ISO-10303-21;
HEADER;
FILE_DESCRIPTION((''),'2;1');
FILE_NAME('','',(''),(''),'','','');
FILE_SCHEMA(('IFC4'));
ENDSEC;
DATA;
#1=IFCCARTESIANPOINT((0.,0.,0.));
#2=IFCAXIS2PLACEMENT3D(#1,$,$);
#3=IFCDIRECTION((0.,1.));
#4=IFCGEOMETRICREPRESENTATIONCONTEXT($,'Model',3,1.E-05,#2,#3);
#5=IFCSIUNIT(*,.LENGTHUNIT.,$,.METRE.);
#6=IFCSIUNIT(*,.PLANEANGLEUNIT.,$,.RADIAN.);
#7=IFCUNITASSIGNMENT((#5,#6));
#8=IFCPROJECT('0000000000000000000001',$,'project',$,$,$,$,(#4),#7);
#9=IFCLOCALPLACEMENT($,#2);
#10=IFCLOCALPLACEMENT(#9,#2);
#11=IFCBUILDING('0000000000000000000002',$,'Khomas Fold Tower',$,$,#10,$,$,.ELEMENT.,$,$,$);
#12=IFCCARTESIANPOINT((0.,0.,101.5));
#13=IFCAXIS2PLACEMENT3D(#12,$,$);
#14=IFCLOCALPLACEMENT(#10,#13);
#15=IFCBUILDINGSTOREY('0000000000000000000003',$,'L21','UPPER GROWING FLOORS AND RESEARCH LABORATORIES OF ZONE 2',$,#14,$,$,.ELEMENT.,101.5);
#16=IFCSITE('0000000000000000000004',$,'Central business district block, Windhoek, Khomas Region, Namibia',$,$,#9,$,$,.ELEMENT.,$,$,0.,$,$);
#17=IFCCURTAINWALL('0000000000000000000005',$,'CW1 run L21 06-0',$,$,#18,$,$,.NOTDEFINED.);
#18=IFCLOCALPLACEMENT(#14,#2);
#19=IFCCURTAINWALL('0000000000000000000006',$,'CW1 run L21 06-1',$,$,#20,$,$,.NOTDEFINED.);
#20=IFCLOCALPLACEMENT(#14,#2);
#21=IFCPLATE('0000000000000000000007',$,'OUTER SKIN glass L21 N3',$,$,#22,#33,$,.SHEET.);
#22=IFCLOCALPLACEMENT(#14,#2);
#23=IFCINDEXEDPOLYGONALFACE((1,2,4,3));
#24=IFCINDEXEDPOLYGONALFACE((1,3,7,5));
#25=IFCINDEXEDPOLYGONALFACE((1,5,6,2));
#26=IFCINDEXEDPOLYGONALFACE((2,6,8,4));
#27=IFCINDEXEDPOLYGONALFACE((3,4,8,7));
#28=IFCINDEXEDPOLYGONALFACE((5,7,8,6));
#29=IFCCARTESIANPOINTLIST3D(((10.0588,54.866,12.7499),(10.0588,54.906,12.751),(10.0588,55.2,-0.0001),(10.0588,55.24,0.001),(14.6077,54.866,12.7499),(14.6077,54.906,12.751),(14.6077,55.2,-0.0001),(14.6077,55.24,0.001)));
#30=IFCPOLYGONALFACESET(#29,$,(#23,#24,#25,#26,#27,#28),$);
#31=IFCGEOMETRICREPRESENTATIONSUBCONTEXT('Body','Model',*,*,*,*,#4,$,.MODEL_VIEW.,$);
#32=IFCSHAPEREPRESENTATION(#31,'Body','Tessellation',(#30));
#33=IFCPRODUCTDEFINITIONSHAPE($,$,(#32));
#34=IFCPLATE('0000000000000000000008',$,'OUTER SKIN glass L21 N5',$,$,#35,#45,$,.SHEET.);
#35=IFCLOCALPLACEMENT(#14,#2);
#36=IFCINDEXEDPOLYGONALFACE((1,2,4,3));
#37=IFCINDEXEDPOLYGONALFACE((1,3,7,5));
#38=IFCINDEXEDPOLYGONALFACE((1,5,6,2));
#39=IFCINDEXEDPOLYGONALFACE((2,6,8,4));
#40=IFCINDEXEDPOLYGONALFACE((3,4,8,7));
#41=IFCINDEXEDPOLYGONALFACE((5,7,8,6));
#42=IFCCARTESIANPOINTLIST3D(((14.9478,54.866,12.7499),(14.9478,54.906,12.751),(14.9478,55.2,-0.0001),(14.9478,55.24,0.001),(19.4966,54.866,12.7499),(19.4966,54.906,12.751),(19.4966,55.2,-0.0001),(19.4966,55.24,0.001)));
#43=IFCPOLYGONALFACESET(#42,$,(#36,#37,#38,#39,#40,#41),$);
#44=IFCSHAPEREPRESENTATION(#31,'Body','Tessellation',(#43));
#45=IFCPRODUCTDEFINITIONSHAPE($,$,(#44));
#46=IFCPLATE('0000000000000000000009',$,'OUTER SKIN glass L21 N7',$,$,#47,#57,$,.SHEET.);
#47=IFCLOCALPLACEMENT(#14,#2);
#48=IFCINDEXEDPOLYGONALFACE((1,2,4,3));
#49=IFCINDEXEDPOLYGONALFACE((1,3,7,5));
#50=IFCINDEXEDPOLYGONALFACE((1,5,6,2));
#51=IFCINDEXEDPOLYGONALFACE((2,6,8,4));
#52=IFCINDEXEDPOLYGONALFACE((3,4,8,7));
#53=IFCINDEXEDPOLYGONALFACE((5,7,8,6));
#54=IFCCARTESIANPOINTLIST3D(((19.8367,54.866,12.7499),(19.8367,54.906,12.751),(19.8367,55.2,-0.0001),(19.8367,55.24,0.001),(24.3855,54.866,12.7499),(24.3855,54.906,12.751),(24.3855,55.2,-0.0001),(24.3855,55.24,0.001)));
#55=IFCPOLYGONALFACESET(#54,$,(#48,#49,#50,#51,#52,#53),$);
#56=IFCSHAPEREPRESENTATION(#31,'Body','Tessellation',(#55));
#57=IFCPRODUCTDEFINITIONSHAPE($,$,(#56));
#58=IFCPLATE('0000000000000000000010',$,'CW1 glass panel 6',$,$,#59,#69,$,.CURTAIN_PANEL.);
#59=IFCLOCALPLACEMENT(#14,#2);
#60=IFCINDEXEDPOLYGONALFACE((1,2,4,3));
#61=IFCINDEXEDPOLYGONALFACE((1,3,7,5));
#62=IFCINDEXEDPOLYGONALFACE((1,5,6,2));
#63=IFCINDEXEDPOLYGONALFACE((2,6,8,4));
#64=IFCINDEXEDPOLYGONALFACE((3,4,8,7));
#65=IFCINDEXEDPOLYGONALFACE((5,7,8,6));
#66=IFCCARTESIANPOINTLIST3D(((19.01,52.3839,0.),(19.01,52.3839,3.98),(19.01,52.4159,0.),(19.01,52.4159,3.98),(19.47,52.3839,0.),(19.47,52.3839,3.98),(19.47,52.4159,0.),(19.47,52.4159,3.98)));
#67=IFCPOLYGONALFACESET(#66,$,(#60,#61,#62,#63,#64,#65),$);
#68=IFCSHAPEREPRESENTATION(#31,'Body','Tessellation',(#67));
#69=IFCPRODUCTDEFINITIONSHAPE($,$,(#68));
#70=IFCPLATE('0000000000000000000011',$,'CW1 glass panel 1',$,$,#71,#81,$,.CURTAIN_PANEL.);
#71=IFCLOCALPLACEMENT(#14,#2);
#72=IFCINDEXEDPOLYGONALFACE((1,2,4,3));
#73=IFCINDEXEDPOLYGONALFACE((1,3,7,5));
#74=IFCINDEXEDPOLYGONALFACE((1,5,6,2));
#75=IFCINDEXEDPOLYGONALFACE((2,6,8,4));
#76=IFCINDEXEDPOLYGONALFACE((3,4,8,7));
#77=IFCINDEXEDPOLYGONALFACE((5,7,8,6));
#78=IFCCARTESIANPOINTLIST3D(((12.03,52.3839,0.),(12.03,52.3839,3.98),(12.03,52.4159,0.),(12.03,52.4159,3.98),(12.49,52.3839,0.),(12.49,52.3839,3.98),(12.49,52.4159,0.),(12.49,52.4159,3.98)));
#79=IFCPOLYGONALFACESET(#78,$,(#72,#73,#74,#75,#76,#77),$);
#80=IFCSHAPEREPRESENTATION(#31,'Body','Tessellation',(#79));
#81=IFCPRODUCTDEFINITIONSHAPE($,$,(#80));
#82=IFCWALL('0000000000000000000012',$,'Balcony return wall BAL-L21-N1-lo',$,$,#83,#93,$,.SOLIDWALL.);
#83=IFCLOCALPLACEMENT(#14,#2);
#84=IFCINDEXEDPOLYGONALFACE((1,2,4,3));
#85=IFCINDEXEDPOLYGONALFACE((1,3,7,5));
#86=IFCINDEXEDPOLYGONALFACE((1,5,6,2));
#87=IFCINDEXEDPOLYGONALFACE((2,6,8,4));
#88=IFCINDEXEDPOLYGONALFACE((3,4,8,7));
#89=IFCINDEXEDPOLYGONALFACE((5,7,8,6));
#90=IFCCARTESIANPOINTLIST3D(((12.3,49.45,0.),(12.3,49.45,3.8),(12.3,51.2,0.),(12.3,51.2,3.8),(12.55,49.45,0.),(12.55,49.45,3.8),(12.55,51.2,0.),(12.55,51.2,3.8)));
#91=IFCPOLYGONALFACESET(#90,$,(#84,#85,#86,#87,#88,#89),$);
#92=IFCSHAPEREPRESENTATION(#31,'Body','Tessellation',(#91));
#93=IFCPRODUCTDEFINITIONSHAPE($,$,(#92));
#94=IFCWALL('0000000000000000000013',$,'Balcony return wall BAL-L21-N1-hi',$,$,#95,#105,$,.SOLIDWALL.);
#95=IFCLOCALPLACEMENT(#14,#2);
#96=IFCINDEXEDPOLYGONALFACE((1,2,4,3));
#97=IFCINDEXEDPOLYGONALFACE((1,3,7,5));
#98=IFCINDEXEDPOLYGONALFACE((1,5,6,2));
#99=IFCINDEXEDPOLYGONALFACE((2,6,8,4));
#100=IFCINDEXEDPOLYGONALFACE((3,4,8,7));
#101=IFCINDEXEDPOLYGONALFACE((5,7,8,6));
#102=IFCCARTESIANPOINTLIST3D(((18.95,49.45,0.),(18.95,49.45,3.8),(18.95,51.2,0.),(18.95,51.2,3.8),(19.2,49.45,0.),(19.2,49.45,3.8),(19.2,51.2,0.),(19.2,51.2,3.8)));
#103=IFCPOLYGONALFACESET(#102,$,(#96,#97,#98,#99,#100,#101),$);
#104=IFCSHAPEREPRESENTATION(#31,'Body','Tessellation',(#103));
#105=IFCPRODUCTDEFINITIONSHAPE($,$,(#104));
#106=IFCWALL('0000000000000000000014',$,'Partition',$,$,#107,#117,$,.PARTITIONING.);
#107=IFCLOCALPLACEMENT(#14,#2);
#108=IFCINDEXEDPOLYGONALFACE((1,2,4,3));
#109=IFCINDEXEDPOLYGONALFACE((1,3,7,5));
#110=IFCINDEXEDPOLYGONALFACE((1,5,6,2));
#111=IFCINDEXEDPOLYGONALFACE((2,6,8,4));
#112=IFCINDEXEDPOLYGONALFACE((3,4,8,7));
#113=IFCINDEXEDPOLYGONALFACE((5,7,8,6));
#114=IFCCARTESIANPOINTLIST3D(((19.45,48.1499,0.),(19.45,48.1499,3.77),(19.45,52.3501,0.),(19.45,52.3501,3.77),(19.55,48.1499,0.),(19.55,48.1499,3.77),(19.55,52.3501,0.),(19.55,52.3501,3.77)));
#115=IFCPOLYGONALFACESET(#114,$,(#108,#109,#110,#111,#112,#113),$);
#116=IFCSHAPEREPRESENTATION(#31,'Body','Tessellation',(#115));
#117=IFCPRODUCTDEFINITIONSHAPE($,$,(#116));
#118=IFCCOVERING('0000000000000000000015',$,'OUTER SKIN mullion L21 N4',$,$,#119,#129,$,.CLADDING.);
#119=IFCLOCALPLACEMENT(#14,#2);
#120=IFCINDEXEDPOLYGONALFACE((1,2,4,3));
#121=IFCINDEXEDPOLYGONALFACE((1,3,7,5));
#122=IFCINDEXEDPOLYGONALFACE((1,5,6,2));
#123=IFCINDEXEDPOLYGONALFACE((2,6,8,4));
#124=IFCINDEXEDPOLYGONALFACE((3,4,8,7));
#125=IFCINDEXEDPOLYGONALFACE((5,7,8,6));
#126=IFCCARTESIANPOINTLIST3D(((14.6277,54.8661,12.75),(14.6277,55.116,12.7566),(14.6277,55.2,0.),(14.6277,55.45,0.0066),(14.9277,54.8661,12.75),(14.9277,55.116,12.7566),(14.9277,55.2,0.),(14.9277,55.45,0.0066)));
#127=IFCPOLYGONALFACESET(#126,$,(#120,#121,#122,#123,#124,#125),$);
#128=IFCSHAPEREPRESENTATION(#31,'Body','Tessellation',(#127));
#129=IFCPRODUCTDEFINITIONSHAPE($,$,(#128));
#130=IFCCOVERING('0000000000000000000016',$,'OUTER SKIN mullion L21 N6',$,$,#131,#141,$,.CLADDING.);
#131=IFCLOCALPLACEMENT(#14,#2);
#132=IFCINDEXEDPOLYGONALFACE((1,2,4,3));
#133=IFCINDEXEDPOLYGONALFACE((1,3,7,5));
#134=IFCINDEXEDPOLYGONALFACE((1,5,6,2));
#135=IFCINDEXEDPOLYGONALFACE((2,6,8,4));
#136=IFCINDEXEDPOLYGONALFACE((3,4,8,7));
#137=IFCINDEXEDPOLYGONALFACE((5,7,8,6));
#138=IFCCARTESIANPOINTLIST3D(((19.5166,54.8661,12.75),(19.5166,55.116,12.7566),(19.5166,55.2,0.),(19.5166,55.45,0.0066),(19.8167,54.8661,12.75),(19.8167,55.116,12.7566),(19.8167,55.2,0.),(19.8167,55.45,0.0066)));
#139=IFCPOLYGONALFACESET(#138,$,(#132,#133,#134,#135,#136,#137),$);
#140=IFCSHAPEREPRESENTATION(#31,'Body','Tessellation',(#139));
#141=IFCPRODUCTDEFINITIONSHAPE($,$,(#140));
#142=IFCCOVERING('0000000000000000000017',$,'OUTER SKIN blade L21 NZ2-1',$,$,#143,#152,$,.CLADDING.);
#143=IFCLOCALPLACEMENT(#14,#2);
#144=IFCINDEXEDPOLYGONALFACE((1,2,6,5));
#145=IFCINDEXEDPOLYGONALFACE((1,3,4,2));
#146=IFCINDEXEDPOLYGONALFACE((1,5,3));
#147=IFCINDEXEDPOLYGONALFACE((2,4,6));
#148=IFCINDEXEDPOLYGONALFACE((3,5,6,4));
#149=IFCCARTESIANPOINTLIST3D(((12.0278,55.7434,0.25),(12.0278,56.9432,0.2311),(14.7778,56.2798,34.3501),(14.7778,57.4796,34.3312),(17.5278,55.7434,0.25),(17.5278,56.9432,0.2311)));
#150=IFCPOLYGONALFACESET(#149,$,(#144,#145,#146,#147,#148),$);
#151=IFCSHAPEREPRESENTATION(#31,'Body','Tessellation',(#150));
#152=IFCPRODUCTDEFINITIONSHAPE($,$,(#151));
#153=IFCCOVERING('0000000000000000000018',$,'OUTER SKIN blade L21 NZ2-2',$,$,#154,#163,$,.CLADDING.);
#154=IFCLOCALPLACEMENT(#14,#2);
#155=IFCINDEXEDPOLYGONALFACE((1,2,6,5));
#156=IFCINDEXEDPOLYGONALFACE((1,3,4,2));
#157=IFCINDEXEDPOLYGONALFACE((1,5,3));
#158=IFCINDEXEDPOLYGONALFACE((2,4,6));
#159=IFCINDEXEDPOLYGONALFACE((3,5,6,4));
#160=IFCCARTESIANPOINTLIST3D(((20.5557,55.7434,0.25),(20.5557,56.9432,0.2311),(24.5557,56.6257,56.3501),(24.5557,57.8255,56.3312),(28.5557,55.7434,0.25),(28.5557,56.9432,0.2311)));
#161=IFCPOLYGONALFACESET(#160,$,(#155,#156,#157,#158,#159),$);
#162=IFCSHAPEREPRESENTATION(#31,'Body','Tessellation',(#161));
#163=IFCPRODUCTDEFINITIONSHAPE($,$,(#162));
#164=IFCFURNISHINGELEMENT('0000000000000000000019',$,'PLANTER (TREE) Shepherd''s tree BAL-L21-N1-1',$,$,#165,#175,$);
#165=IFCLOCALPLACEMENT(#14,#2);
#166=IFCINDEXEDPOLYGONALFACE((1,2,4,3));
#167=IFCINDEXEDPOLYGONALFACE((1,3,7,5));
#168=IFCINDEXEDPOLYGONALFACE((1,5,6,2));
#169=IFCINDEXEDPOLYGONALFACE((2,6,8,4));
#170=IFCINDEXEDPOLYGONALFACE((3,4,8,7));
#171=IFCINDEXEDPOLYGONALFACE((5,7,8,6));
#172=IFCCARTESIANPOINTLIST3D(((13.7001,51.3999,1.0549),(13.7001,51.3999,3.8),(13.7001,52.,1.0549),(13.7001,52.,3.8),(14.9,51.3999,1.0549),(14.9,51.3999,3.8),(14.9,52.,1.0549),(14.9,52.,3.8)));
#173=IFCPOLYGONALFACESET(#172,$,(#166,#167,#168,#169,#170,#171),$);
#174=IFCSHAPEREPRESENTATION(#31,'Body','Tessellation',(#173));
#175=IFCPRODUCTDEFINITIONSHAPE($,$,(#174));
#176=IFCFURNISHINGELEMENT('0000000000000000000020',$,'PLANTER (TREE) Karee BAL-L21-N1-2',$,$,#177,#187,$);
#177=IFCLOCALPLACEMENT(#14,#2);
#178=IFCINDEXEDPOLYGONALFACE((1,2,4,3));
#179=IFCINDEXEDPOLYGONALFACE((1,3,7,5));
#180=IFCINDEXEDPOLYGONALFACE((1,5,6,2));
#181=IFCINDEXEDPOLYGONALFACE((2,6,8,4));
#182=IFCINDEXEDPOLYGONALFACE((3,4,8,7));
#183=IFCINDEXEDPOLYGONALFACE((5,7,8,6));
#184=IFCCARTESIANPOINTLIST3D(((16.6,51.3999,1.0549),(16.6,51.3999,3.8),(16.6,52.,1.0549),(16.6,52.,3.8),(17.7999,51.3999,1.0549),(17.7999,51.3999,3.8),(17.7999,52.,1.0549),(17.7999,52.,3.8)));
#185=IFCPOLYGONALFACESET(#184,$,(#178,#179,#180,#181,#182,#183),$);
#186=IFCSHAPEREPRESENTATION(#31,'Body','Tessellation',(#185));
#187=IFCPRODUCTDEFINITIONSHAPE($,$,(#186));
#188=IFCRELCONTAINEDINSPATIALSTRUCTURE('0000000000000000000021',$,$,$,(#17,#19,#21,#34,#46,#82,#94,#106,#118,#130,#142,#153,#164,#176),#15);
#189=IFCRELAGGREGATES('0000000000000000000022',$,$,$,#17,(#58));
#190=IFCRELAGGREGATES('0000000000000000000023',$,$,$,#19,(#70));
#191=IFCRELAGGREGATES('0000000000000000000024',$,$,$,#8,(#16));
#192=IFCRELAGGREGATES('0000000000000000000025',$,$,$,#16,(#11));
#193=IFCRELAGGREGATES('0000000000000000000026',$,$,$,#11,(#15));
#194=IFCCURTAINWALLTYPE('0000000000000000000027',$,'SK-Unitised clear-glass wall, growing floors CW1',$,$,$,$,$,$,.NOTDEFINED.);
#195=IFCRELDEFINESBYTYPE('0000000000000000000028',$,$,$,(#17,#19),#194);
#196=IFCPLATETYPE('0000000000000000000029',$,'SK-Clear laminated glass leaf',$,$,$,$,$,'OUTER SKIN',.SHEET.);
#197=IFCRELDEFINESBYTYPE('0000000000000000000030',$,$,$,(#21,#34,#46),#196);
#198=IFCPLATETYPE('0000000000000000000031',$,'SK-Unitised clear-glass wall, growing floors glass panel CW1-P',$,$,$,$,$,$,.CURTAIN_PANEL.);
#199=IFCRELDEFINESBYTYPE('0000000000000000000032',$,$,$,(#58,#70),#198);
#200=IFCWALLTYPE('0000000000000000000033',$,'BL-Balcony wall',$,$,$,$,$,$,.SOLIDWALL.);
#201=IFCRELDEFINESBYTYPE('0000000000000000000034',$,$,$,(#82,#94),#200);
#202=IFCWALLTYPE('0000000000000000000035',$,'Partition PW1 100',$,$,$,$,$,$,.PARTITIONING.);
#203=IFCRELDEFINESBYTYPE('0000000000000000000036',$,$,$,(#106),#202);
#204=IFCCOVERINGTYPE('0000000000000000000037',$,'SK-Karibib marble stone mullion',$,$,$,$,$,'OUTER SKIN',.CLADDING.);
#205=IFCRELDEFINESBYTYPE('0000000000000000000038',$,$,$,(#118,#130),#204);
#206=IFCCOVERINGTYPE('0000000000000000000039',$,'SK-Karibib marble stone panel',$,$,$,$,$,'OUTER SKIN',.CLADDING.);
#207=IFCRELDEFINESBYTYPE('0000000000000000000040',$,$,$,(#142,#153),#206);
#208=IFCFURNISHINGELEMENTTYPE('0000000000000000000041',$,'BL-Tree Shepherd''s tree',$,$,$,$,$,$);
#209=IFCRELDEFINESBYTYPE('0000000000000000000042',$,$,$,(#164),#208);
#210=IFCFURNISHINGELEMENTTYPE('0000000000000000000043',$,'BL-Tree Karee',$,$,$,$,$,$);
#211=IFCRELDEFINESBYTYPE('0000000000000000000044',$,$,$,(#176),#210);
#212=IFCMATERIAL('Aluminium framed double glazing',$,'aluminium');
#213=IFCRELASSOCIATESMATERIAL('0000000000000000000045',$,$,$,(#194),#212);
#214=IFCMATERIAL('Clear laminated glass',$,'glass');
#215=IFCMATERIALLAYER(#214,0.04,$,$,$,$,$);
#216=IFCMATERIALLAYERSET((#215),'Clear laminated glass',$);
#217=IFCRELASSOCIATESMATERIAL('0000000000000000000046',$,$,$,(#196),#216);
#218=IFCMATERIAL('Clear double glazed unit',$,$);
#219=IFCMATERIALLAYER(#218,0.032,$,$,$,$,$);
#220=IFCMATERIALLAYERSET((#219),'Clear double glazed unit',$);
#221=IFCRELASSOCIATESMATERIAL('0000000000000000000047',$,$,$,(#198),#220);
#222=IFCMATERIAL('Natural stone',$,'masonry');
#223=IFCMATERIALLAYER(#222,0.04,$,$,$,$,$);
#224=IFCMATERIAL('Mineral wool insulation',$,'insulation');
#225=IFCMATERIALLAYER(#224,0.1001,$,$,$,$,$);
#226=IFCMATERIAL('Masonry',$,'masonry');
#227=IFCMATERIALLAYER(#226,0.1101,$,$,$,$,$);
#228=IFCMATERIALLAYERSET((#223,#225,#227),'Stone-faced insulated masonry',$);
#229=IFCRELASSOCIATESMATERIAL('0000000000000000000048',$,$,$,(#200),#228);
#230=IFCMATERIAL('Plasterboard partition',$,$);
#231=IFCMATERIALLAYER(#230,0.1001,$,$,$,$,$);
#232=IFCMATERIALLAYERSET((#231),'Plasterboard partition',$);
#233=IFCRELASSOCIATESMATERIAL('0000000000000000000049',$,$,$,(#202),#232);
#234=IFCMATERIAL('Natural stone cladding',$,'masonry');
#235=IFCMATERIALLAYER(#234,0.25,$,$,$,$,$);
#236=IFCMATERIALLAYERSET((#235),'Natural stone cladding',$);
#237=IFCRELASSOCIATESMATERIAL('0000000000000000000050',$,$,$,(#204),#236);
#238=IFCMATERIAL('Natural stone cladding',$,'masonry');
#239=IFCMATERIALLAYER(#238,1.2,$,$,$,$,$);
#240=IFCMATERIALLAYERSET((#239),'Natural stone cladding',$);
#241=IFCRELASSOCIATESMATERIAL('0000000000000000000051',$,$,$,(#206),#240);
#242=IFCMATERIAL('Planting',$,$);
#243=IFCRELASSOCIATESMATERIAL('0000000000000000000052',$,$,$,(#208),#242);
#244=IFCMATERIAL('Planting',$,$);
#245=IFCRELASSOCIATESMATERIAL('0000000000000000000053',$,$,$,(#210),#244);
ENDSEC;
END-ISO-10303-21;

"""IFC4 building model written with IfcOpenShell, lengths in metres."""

from ifc_helpers import new_model, si_unit, direction, frame, frame_2d, origin, origin_2d, place, context, subcontext, project, spatial, polyline, rectangle, outline, extrude, source, transform, mapped, material, layer, layer_set, type_object, element, aggregate, save


model = new_model("IFC4")

# Units and contexts
model_context = context("Model", 3, precision=1e-05, world=origin(), true_north=direction((0.0, 1.0)))
body_context = subcontext(model_context, "Body", "Model", "MODEL_VIEW")
ifc_project = project(units=[si_unit("LENGTHUNIT", "METRE"), si_unit("PLANEANGLEUNIT", "RADIAN")], contexts=[model_context])

# Site, building, storey
site_placement = place(None, origin())
site = spatial("IfcSite", under=ifc_project, at=site_placement, Name="Central business district block, Windhoek, Khomas Region, Namibia", CompositionType="ELEMENT", RefElevation=0.0)
building_placement = place(site_placement, origin())
building = spatial("IfcBuilding", under=site, at=building_placement, Name="Khomas Fold Tower", CompositionType="ELEMENT")
storey_placement = place(building_placement, frame((0.0, 0.0, 101.5)))
storey = spatial("IfcBuildingStorey", under=building, at=storey_placement, Name="L21", Description="UPPER GROWING FLOORS AND RESEARCH LABORATORIES OF ZONE 2", CompositionType="ELEMENT", Elevation=101.5)

# Curtain walls
ifc_material_1 = material(Name="Aluminium framed double glazing", Category="aluminium")
curtain_wall_type = type_object("IfcCurtainWallType", Name="SK-Unitised clear-glass wall, growing floors CW1", PredefinedType="NOTDEFINED", material=ifc_material_1)
curtain_wall_1_placement = place(storey_placement, origin())
curtain_wall_1 = element("IfcCurtainWall", 1, at=curtain_wall_1_placement, inside=storey, type_object=curtain_wall_type, Name="CW1 run L21 06-0", PredefinedType="NOTDEFINED")
curtain_wall_2_placement = place(storey_placement, origin())
curtain_wall_2 = element("IfcCurtainWall", 2, at=curtain_wall_2_placement, inside=storey, type_object=curtain_wall_type, Name="CW1 run L21 06-1", PredefinedType="NOTDEFINED")

# Plates
ifc_material_2 = material(Name="Clear laminated glass", Category="glass")
ifc_layer_1 = layer(ifc_material_2, 0.04)
ifc_layer_set_1 = layer_set([ifc_layer_1], Name="Clear laminated glass")
plate_type_1 = type_object("IfcPlateType", Name="SK-Clear laminated glass leaf", ElementType="OUTER SKIN", PredefinedType="SHEET", material=ifc_layer_set_1)
for number, where, z_axis, x_axis, name in (
    (3, (10.0588, 55.24, 0.001), (0.0, 0.999657, 0.026186), (1.0, 0.0, 0.0), "OUTER SKIN glass L21 N3"),
    (4, (14.9478, 55.24, 0.001), (0.0, 0.999657, 0.026186), (1.0, 0.0, 0.0), "OUTER SKIN glass L21 N5"),
    (5, (19.8367, 55.24, 0.001), (0.0, 0.999657, 0.026186), (1.0, 0.0, 0.0), "OUTER SKIN glass L21 N7"),
):
    element("IfcPlate", number, at=place(storey_placement, frame(where, z_axis=z_axis, x_axis=x_axis)), inside=storey, type_object=plate_type_1, Name=name, PredefinedType="SHEET", context=body_context, shape_type="SweptSolid", body=[
        extrude(outline(polyline([(0.0, 0.0), (4.5488, 0.0), (4.5488, -12.7544), (0.0, -12.7544), (0.0, 0.0)])), origin(), (0.0, 0.0, -1.0), 0.04),
    ])

# Plates
ifc_material_3 = material(Name="Clear double glazed unit")
ifc_layer_2 = layer(ifc_material_3, 0.032)
ifc_layer_set_2 = layer_set([ifc_layer_2], Name="Clear double glazed unit")
plate_type_2 = type_object("IfcPlateType", Name="SK-Unitised clear-glass wall, growing floors glass panel CW1-P", PredefinedType="CURTAIN_PANEL", material=ifc_layer_set_2)
shared_shape_1 = source(origin(), body_context, "Body", "SweptSolid", [
    extrude(rectangle(XDim=0.46, YDim=0.032, at=origin_2d()), origin(), (0.0, 0.0, 1.0), 3.98),
])
plate_1_placement = place(storey_placement, frame((19.24, 52.3999, 0.0), z_axis=(0.0, 0.0, 1.0), x_axis=(-1.0, 0.0, 0.0)))
plate_1 = element("IfcPlate", 6, at=plate_1_placement, type_object=plate_type_2, Name="CW1 glass panel 6", PredefinedType="CURTAIN_PANEL", context=body_context, shape_type="MappedRepresentation", body=[
    mapped(shared_shape_1, transform((0.0, 0.0, 0.0))),
])
aggregate(curtain_wall_1, [plate_1])
plate_2_placement = place(storey_placement, frame((12.26, 52.3999, 0.0), z_axis=(0.0, 0.0, 1.0), x_axis=(-1.0, 0.0, 0.0)))
plate_2 = element("IfcPlate", 7, at=plate_2_placement, type_object=plate_type_2, Name="CW1 glass panel 1", PredefinedType="CURTAIN_PANEL", context=body_context, shape_type="MappedRepresentation", body=[
    mapped(shared_shape_1, transform((0.0, 0.0, 0.0))),
])
aggregate(curtain_wall_2, [plate_2])

# Shared definitions
ifc_material_4 = material(Name="Natural stone", Category="masonry")
ifc_layer_3 = layer(ifc_material_4, 0.04)
ifc_material_5 = material(Name="Mineral wool insulation", Category="insulation")
ifc_layer_4 = layer(ifc_material_5, 0.1001)
ifc_material_6 = material(Name="Masonry", Category="masonry")
ifc_layer_5 = layer(ifc_material_6, 0.1101)
ifc_layer_set_3 = layer_set([ifc_layer_3, ifc_layer_4, ifc_layer_5], Name="Stone-faced insulated masonry")
wall_type_1 = type_object("IfcWallType", Name="BL-Balcony wall", PredefinedType="SOLIDWALL", material=ifc_layer_set_3)

# Walls
shared_shape_2 = source(origin(), body_context, "Body", "SweptSolid", [
    extrude(rectangle(XDim=1.75, YDim=0.25, at=frame_2d((0.875, 0.0))), origin(), (0.0, 0.0, 1.0), 3.8),
])
for number, where, z_axis, x_axis, name in (
    (8, (12.425, 51.2, 0.0), (0.0, 0.0, 1.0), (0.0, -1.0, 0.0), "Balcony return wall BAL-L21-N1-lo"),
    (9, (19.075, 51.2, 0.0), (0.0, 0.0, 1.0), (0.0, -1.0, 0.0), "Balcony return wall BAL-L21-N1-hi"),
):
    element("IfcWall", number, at=place(storey_placement, frame(where, z_axis=z_axis, x_axis=x_axis)), inside=storey, type_object=wall_type_1, Name=name, PredefinedType="SOLIDWALL", context=body_context, shape_type="MappedRepresentation", body=[
        mapped(shared_shape_2, transform((0.0, 0.0, 0.0))),
    ])
ifc_material_7 = material(Name="Plasterboard partition")
ifc_layer_6 = layer(ifc_material_7, 0.1001)
ifc_layer_set_4 = layer_set([ifc_layer_6], Name="Plasterboard partition")
wall_type_2 = type_object("IfcWallType", Name="Partition PW1 100", PredefinedType="PARTITIONING", material=ifc_layer_set_4)
shared_shape_3 = source(origin(), body_context, "Body", "SweptSolid", [
    extrude(rectangle(XDim=4.2002, YDim=0.1001, at=frame_2d((2.1001, 0.0))), origin(), (0.0, 0.0, 1.0), 3.77),
])
wall_1_placement = place(storey_placement, frame((19.5, 48.1499, 0.0), z_axis=(0.0, 0.0, 1.0), x_axis=(0.0, 1.0, 0.0)))
element("IfcWall", 10, at=wall_1_placement, inside=storey, type_object=wall_type_2, Name="Partition", PredefinedType="PARTITIONING", context=body_context, shape_type="MappedRepresentation", body=[
    mapped(shared_shape_3, transform((0.0, 0.0, 0.0))),
])

# Coverings
ifc_material_8 = material(Name="Natural stone cladding", Category="masonry")
ifc_layer_7 = layer(ifc_material_8, 0.25)
ifc_layer_set_5 = layer_set([ifc_layer_7], Name="Natural stone cladding")
covering_type_1 = type_object("IfcCoveringType", Name="SK-Karibib marble stone mullion", ElementType="OUTER SKIN", PredefinedType="CLADDING", material=ifc_layer_set_5)
for number, where, z_axis, x_axis, name in (
    (11, (14.6277, 55.45, 0.0066), (0.0, 0.999657, 0.026186), (1.0, 0.0, 0.0), "OUTER SKIN mullion L21 N4"),
    (12, (19.5166, 55.45, 0.0066), (0.0, 0.999657, 0.026186), (1.0, 0.0, 0.0), "OUTER SKIN mullion L21 N6"),
):
    element("IfcCovering", number, at=place(storey_placement, frame(where, z_axis=z_axis, x_axis=x_axis)), inside=storey, type_object=covering_type_1, Name=name, PredefinedType="CLADDING", context=body_context, shape_type="SweptSolid", body=[
        extrude(outline(polyline([(0.0, 0.0), (0.3, 0.0), (0.3, -12.7544), (0.0, -12.7544), (0.0, 0.0)])), origin(), (0.0, 0.0, -1.0), 0.25),
    ])
ifc_material_9 = material(Name="Natural stone cladding", Category="masonry")
ifc_layer_8 = layer(ifc_material_9, 1.2)
ifc_layer_set_6 = layer_set([ifc_layer_8], Name="Natural stone cladding")
covering_type_2 = type_object("IfcCoveringType", Name="SK-Karibib marble stone panel", ElementType="OUTER SKIN", PredefinedType="CLADDING", material=ifc_layer_set_6)
covering_1_placement = place(storey_placement, frame((12.0278, 55.7434, 0.25), z_axis=(0.0, -0.999876, 0.015728), x_axis=(1.0, 0.0, 0.0)))
element("IfcCovering", 13, at=covering_1_placement, inside=storey, type_object=covering_type_2, Name="OUTER SKIN blade L21 NZ2-1", PredefinedType="CLADDING", context=body_context, shape_type="SweptSolid", body=[
    extrude(outline(polyline([(0.0, 0.0), (5.5, 0.0), (2.75, 34.1043), (0.0, 0.0)])), origin(), (0.0, 0.0, -1.0), 1.2),
])
covering_2_placement = place(storey_placement, frame((20.5557, 55.7434, 0.25), z_axis=(0.0, -0.999876, 0.015726), x_axis=(1.0, 0.0, 0.0)))
element("IfcCovering", 14, at=covering_2_placement, inside=storey, type_object=covering_type_2, Name="OUTER SKIN blade L21 NZ2-2", PredefinedType="CLADDING", context=body_context, shape_type="SweptSolid", body=[
    extrude(outline(polyline([(0.0, 0.0), (8.0, 0.0), (4.0, 56.107), (0.0, 0.0)])), origin(), (0.0, 0.0, -1.0), 1.2),
])

# Furnishing elements
ifc_material_10 = material(Name="Planting")
furnishing_element_type_1 = type_object("IfcFurnishingElementType", Name="BL-Tree Shepherd's tree", material=ifc_material_10)
shared_shape_4 = source(origin(), body_context, "Body", "SweptSolid", [
    extrude(rectangle(XDim=1.2, YDim=0.6001, at=origin_2d()), origin(), (0.0, 0.0, 1.0), 2.7451),
])
furnishing_1_placement = place(storey_placement, frame((14.3, 51.7, 1.0549), z_axis=(0.0, 0.0, 1.0), x_axis=(1.0, 0.0, 0.0)))
element("IfcFurnishingElement", 15, at=furnishing_1_placement, inside=storey, type_object=furnishing_element_type_1, Name="PLANTER (TREE) Shepherd's tree BAL-L21-N1-1", context=body_context, shape_type="MappedRepresentation", body=[
    mapped(shared_shape_4, transform((0.0, 0.0, 0.0))),
])
ifc_material_11 = material(Name="Planting")
furnishing_element_type_2 = type_object("IfcFurnishingElementType", Name="BL-Tree Karee", material=ifc_material_11)
furnishing_2_placement = place(storey_placement, frame((17.2, 51.7, 1.0549), z_axis=(0.0, 0.0, 1.0), x_axis=(1.0, 0.0, 0.0)))
element("IfcFurnishingElement", 16, at=furnishing_2_placement, inside=storey, type_object=furnishing_element_type_2, Name="PLANTER (TREE) Karee BAL-L21-N1-2", context=body_context, shape_type="MappedRepresentation", body=[
    mapped(shared_shape_4, transform((0.0, 0.0, 0.0))),
])

save(model, "model.ifc")
